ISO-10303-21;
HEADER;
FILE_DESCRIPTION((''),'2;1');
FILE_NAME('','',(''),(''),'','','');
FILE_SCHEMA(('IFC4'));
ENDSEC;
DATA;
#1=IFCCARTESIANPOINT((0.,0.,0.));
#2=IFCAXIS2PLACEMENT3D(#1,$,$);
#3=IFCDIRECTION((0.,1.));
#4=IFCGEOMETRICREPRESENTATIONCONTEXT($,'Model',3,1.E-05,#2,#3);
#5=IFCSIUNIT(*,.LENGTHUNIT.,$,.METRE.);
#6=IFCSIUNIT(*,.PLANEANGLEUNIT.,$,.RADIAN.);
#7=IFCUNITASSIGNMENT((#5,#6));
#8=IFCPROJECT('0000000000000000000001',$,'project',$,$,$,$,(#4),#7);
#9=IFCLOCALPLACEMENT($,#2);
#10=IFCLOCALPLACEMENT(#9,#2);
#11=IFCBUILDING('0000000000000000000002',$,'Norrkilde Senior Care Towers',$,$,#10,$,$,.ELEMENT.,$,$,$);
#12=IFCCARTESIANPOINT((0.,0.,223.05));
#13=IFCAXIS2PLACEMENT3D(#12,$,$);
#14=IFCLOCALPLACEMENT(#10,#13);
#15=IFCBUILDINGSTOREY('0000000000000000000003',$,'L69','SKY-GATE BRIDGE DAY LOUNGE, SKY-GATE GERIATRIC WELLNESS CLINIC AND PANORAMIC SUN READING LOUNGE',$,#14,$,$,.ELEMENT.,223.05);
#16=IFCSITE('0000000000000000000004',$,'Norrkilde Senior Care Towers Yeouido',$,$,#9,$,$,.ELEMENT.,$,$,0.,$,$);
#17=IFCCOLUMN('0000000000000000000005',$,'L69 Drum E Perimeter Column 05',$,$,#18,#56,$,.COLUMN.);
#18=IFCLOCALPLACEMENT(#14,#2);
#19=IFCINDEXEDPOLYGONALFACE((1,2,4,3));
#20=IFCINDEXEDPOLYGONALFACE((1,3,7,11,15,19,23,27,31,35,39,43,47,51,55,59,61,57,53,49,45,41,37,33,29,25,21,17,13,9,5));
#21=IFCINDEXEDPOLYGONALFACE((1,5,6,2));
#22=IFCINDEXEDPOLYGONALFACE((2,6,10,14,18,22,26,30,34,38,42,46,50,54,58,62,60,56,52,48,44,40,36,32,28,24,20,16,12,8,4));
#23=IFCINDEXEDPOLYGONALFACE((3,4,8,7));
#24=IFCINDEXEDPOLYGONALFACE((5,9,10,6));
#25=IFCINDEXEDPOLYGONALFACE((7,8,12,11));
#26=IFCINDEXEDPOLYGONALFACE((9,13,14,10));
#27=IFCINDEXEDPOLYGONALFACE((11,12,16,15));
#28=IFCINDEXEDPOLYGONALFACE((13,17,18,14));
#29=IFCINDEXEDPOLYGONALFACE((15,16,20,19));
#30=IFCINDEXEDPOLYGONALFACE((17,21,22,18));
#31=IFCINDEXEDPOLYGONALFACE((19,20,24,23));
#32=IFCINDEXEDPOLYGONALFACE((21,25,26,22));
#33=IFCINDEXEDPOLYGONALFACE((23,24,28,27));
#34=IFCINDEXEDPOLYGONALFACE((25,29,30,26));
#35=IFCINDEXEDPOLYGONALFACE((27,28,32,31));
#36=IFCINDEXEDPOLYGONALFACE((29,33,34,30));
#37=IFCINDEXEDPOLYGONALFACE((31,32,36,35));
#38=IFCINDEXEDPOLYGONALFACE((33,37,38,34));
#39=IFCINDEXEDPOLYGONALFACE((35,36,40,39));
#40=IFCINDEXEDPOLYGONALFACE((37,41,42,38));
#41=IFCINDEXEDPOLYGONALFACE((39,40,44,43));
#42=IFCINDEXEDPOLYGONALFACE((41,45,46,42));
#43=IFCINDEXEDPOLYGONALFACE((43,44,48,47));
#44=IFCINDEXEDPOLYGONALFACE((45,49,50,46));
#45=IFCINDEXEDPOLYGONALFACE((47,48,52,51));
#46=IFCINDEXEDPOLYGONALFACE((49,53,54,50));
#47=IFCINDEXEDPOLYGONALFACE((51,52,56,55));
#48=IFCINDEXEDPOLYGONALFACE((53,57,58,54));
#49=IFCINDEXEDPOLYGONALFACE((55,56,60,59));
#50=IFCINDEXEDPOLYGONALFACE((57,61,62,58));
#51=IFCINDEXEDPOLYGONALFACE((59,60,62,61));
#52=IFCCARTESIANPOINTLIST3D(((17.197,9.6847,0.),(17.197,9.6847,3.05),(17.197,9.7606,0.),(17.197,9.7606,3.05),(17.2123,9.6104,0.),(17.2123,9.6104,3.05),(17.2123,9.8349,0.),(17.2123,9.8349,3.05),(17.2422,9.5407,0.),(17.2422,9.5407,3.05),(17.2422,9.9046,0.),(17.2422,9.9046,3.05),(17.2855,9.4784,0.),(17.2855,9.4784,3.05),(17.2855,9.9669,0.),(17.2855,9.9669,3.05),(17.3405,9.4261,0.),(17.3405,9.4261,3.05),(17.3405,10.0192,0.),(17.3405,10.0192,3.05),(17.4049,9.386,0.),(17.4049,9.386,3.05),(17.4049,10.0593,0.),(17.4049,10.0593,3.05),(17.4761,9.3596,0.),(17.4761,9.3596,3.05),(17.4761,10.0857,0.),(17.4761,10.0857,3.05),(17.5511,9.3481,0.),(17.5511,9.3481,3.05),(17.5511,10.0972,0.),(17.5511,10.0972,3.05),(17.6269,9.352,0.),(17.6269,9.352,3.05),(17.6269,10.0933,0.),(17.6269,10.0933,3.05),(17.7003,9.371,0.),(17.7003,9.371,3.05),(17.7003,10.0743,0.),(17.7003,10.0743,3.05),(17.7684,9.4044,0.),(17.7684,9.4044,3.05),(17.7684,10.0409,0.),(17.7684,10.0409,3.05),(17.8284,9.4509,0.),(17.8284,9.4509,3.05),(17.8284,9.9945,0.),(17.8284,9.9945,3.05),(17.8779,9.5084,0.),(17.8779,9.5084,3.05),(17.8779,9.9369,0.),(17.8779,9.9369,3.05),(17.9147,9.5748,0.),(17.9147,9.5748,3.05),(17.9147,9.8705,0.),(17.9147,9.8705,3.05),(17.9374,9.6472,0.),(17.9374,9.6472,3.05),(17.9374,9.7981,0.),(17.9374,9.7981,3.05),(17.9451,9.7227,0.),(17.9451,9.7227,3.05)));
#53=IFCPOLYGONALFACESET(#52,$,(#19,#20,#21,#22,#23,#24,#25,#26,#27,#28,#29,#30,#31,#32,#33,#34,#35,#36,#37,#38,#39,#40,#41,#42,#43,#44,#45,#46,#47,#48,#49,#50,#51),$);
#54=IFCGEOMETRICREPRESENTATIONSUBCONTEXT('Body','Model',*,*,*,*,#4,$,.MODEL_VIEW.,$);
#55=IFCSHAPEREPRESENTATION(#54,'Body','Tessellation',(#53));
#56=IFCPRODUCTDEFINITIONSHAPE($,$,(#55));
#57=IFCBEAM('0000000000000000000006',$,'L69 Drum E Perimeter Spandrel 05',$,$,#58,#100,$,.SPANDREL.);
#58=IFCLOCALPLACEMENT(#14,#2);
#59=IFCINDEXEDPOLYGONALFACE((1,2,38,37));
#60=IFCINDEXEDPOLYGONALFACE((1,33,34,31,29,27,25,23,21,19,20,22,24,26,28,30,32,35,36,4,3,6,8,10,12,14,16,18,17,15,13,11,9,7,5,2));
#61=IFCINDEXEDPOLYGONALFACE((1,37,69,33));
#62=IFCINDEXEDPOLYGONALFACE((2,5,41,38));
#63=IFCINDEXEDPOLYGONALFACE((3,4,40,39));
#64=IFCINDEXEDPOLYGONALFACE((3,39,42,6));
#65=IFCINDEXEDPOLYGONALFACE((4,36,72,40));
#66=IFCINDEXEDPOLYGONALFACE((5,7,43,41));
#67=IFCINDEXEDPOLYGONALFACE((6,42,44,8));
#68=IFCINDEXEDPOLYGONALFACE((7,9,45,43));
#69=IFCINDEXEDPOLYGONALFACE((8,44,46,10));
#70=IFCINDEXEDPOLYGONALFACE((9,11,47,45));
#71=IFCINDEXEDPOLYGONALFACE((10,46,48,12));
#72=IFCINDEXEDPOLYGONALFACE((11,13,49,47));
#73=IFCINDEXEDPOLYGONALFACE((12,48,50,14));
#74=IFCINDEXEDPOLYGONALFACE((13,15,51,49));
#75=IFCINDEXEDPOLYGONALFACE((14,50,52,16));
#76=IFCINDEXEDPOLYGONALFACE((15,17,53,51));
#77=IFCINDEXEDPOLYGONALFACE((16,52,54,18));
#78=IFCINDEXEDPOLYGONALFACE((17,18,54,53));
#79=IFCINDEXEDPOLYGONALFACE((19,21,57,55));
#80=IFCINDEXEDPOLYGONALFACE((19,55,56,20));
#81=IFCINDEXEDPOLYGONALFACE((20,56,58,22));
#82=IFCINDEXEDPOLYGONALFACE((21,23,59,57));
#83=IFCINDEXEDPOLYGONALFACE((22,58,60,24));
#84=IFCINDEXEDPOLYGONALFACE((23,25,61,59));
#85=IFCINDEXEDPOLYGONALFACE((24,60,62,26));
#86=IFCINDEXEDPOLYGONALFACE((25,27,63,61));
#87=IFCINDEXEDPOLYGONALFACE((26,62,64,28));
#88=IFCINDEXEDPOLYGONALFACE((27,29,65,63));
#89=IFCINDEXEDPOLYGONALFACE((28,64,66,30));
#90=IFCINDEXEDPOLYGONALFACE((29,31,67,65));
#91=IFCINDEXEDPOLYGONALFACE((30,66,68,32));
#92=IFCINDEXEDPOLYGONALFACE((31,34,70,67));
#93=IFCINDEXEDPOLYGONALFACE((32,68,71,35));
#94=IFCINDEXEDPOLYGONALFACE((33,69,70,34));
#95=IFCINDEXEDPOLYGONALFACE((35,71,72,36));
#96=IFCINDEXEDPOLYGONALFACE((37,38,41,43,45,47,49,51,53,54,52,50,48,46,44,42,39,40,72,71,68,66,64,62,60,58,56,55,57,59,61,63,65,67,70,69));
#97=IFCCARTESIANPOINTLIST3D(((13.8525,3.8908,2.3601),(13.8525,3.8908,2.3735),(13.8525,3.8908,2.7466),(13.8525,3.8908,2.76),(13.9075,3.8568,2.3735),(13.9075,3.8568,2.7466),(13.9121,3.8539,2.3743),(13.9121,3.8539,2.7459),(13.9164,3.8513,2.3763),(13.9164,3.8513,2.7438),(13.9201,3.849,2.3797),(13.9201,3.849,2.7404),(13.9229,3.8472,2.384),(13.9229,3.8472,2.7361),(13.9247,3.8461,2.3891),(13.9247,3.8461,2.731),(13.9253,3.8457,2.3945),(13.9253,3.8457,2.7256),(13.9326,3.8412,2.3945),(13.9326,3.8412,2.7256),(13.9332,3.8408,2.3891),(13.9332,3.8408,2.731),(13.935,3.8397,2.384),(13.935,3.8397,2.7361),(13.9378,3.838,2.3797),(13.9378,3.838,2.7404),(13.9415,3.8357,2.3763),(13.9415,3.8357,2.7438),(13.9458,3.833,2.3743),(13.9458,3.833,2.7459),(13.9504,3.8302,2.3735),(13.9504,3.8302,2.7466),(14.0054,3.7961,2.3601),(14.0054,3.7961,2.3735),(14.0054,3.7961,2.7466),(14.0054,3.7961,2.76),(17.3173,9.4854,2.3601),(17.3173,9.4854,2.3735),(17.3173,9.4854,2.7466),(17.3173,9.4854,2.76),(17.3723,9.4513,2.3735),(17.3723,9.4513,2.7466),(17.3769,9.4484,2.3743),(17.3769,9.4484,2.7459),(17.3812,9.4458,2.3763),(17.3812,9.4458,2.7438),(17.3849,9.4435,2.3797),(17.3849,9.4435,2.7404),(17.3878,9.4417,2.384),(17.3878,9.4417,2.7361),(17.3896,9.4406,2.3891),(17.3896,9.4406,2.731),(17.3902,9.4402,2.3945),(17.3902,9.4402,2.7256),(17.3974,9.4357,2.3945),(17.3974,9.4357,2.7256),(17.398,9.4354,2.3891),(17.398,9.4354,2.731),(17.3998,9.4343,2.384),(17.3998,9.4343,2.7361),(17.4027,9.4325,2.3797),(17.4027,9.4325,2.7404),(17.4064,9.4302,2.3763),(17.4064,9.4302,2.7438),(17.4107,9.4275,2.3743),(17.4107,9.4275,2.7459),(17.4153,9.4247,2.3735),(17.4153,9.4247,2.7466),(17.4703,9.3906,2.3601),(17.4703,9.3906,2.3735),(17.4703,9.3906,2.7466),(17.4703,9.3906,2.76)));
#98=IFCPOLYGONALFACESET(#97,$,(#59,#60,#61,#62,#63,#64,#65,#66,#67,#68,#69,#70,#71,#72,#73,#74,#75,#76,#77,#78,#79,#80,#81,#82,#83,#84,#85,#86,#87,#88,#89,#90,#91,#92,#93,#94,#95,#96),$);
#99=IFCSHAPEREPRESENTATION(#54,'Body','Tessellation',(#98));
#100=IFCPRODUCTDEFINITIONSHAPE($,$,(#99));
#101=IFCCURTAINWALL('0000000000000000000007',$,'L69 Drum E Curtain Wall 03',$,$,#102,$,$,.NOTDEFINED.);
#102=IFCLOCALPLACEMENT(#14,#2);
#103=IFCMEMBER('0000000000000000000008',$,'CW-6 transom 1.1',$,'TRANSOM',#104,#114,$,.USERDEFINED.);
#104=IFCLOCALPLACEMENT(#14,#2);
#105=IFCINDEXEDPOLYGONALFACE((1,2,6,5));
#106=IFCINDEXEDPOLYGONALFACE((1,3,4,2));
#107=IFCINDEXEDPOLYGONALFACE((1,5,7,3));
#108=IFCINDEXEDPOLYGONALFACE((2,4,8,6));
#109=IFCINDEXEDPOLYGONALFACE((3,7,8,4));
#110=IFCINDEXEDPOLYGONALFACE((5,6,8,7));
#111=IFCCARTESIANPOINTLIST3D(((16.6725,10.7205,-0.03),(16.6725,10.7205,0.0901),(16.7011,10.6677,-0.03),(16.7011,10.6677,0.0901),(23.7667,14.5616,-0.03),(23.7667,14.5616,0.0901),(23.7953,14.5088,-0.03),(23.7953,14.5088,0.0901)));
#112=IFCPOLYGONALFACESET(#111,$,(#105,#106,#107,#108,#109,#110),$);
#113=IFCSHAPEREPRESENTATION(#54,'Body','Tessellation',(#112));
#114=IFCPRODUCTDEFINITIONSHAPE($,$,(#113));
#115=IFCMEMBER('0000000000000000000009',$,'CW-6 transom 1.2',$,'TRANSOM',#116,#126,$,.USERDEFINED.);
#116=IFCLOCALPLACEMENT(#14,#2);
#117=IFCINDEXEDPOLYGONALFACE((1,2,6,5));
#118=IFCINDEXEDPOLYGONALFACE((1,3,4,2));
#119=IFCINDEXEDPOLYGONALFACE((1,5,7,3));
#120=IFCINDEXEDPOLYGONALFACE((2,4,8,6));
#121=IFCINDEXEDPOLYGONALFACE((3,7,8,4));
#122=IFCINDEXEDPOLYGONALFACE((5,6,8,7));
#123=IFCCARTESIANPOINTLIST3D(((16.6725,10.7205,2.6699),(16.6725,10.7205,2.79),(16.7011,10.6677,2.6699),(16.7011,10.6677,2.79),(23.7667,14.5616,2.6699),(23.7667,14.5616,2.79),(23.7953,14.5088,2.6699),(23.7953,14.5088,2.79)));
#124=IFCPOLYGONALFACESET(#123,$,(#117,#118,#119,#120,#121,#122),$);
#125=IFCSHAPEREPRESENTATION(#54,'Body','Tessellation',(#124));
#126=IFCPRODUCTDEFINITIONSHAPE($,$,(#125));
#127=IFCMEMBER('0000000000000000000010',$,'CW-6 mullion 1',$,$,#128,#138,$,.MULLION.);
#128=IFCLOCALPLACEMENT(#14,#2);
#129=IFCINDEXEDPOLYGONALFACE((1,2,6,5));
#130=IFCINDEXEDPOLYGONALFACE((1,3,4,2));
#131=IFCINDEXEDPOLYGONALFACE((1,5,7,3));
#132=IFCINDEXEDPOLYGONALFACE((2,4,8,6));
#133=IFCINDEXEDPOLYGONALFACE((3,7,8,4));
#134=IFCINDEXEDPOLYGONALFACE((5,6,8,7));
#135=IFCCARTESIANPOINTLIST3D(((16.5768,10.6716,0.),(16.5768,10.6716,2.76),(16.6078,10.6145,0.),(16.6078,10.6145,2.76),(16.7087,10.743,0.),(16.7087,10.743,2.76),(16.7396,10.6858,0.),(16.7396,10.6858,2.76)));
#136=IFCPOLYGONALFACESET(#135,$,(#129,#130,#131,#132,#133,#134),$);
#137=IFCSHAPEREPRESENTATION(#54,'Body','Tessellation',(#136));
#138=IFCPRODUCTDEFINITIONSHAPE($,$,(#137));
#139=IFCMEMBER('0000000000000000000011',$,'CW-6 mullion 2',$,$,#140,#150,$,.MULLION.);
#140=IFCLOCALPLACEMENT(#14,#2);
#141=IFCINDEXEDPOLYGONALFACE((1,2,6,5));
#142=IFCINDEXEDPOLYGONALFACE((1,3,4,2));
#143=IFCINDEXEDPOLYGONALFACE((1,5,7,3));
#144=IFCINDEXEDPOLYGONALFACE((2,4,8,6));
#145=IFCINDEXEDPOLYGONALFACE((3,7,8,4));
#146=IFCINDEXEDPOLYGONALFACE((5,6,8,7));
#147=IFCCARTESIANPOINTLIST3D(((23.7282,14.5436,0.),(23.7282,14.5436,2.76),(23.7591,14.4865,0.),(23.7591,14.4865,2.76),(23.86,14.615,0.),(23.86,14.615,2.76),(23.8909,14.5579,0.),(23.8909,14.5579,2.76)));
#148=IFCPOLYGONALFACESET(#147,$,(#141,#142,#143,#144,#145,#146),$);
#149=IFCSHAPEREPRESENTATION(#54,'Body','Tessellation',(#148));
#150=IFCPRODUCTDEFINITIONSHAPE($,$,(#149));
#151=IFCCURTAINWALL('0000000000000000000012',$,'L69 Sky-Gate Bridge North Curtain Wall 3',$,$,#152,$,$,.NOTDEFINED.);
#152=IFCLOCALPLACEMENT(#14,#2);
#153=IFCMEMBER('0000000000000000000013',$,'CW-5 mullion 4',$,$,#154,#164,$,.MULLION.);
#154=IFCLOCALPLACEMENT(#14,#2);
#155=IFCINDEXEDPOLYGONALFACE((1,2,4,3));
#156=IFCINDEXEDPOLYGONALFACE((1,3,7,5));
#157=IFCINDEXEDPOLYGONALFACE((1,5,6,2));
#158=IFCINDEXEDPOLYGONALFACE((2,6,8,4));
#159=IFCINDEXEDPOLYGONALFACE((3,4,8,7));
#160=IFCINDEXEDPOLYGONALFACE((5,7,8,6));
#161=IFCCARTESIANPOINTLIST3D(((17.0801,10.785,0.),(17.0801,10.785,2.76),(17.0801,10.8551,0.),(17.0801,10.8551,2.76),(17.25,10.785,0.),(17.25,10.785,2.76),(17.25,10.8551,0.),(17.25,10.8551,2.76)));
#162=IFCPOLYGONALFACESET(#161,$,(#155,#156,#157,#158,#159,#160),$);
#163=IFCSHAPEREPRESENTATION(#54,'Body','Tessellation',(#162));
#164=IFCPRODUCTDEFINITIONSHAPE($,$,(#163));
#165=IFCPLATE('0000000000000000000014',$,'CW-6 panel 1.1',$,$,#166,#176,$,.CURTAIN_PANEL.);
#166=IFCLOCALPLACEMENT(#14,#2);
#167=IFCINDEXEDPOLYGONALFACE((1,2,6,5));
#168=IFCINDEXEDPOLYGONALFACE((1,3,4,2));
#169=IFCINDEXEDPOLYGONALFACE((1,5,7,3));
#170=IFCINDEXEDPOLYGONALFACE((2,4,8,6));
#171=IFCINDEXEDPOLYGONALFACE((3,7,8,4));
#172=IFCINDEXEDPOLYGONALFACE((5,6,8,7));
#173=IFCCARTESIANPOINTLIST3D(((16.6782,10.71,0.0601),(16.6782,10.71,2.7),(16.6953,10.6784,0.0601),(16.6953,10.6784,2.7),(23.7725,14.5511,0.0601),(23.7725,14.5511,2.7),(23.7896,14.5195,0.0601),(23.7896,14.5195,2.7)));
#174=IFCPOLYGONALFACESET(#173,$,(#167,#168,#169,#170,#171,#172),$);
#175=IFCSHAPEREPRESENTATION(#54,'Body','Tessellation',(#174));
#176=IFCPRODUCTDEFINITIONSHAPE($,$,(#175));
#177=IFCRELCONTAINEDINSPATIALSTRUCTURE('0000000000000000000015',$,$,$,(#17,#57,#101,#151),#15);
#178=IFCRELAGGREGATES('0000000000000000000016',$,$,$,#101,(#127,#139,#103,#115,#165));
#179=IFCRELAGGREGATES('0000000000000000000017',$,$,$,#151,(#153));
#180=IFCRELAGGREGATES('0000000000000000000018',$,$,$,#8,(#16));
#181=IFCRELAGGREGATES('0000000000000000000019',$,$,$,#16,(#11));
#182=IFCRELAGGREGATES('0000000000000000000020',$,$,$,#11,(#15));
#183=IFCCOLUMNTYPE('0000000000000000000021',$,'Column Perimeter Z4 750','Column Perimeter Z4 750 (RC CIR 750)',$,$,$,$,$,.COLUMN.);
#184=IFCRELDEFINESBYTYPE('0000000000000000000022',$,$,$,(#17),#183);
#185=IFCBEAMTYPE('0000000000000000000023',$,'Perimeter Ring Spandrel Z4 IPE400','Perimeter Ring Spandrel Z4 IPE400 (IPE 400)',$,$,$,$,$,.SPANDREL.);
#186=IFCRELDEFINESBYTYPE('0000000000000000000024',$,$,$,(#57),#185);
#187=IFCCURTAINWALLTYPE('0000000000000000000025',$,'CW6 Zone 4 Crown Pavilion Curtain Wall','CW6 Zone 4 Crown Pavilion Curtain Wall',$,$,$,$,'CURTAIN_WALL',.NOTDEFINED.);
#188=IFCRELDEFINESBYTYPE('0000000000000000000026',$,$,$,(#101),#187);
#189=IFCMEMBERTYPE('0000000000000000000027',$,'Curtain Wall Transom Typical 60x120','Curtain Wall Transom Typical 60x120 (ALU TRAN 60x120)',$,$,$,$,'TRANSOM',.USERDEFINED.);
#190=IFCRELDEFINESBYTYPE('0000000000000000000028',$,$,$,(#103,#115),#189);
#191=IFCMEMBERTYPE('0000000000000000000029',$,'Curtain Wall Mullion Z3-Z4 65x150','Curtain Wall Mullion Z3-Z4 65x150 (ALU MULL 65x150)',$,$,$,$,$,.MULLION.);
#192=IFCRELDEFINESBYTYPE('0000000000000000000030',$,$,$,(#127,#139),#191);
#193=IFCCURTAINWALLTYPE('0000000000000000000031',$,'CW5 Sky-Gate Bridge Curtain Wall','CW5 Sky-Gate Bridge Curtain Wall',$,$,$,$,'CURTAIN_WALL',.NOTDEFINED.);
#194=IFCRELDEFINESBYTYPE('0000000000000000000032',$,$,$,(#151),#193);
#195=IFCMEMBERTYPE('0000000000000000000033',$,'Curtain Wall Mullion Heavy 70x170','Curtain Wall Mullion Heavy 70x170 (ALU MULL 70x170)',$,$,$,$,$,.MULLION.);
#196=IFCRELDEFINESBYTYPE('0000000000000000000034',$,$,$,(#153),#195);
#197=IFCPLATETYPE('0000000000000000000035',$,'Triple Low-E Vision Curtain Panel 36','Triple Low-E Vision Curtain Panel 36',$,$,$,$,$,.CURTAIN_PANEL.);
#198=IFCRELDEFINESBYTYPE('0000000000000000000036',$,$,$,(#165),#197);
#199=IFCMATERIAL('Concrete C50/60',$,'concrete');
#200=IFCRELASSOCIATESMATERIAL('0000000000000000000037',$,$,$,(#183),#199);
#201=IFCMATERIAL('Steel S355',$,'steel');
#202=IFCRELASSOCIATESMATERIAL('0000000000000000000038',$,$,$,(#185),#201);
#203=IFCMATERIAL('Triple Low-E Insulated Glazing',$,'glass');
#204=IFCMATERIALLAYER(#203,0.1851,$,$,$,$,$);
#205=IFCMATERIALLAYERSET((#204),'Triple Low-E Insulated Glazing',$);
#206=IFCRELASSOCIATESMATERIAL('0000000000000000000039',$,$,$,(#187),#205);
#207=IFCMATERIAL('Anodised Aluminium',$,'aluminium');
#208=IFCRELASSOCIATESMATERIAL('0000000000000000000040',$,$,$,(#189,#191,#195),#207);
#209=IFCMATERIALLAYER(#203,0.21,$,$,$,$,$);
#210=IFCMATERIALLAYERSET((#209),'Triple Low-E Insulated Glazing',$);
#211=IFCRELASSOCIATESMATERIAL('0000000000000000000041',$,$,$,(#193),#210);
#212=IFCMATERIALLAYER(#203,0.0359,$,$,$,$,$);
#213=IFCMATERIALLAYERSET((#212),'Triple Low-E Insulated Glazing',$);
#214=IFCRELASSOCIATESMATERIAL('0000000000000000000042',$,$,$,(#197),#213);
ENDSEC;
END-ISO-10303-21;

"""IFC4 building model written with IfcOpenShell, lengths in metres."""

from ifc_helpers import new_model, si_unit, direction, frame, origin, origin_2d, place, context, subcontext, project, spatial, rectangle, circle, i_section, extrude, source, transform, mapped, material, layer, layer_set, material_profile, profile_set, type_object, type_shapes, element, aggregate, save


model = new_model("IFC4")

# Units and contexts
model_context = context("Model", 3, precision=1e-05, world=origin(), true_north=direction((0.0, 1.0)))
body_context = subcontext(model_context, "Body", "Model", "MODEL_VIEW")
ifc_project = project(units=[si_unit("LENGTHUNIT", "METRE"), si_unit("PLANEANGLEUNIT", "RADIAN")], contexts=[model_context])

# Site, building, storey
site_placement = place(None, origin())
site = spatial("IfcSite", under=ifc_project, at=site_placement, Name="Norrkilde Senior Care Towers Yeouido", CompositionType="ELEMENT", RefElevation=0.0)
building_placement = place(site_placement, origin())
building = spatial("IfcBuilding", under=site, at=building_placement, Name="Norrkilde Senior Care Towers", CompositionType="ELEMENT")
storey_placement = place(building_placement, frame((0.0, 0.0, 223.05)))
storey = spatial("IfcBuildingStorey", under=building, at=storey_placement, Name="L69", Description="SKY-GATE BRIDGE DAY LOUNGE, SKY-GATE GERIATRIC WELLNESS CLINIC AND PANORAMIC SUN READING LOUNGE", CompositionType="ELEMENT", Elevation=223.05)

# Column
ifc_material_1 = material(Name="Concrete C50/60", Category="concrete")
ifc_material_profile_1 = material_profile(ifc_material_1, circle(Radius=0.375, at=origin_2d()), Name="RC CIR 750")
ifc_profile_set_1 = profile_set([ifc_material_profile_1], Name="Concrete C50/60")
column_type = type_object("IfcColumnType", Name="Column Perimeter Z4 750", Description="Column Perimeter Z4 750 (RC CIR 750)", PredefinedType="COLUMN", material=ifc_profile_set_1)
shared_shape_1 = source(origin(), body_context, "Body", "SweptSolid", [
    extrude(circle(Radius=0.375, at=origin_2d()), origin(), (0.0, 0.0, 1.0), 3.05),
])
type_shapes(column_type, [shared_shape_1])
column_placement = place(storey_placement, frame((17.5701, 9.7227, 0.0), z_axis=(0.0, 0.0, 1.0), x_axis=(1.0, 0.0, 0.0)))
element("IfcColumn", 1, at=column_placement, inside=storey, type_object=column_type, Name="L69 Drum E Perimeter Column 05", PredefinedType="COLUMN", context=body_context, shape_type="MappedRepresentation", body=[
    mapped(shared_shape_1, transform((0.0, 0.0, 0.0), x_axis=(1.0, 0.0, 0.0), y_axis=(0.0, 1.0, 0.0), z_axis=(0.0, 0.0, 1.0), scale=1.0)),
])

# Beam
ifc_material_2 = material(Name="Steel S355", Category="steel")
ifc_material_profile_2 = material_profile(ifc_material_2, i_section(OverallWidth=0.1799, OverallDepth=0.3999, WebThickness=0.0085, FlangeThickness=0.0134, FilletRadius=0.021, at=origin_2d()), Name="IPE 400")
ifc_profile_set_2 = profile_set([ifc_material_profile_2], Name="Steel S355")
beam_type = type_object("IfcBeamType", Name="Perimeter Ring Spandrel Z4 IPE400", Description="Perimeter Ring Spandrel Z4 IPE400 (IPE 400)", PredefinedType="SPANDREL", material=ifc_profile_set_2)
shared_shape_2 = source(origin(), body_context, "Body", "SweptSolid", [
    extrude(i_section(OverallWidth=0.1799, OverallDepth=0.3999, WebThickness=0.0085, FlangeThickness=0.0134, FilletRadius=0.021, at=origin_2d()), origin(), (0.0, 0.0, 1.0), 6.5806),
])
type_shapes(beam_type, [shared_shape_2])
beam_placement = place(storey_placement, frame((17.3938, 9.438, 2.5601), z_axis=(-0.52653, -0.850157, 0.0), x_axis=(0.850157, -0.52653, 0.0)))
element("IfcBeam", 2, at=beam_placement, inside=storey, type_object=beam_type, Name="L69 Drum E Perimeter Spandrel 05", PredefinedType="SPANDREL", context=body_context, shape_type="MappedRepresentation", body=[
    mapped(shared_shape_2, transform((0.0, 0.0, 0.0), x_axis=(1.0, 0.0, 0.0), y_axis=(0.0, 1.0, 0.0), z_axis=(0.0, 0.0, 1.0), scale=1.0)),
])

# Curtain wall, members
ifc_material_3 = material(Name="Triple Low-E Insulated Glazing", Category="glass")
ifc_layer_1 = layer(ifc_material_3, 0.1851)
ifc_layer_set_1 = layer_set([ifc_layer_1], Name="Triple Low-E Insulated Glazing")
curtain_wall_type_1 = type_object("IfcCurtainWallType", Name="CW6 Zone 4 Crown Pavilion Curtain Wall", Description="CW6 Zone 4 Crown Pavilion Curtain Wall", ElementType="CURTAIN_WALL", PredefinedType="NOTDEFINED", material=ifc_layer_set_1)
curtain_wall_1_placement = place(storey_placement, origin())
curtain_wall_1 = element("IfcCurtainWall", 3, at=curtain_wall_1_placement, inside=storey, type_object=curtain_wall_type_1, Name="L69 Drum E Curtain Wall 03", PredefinedType="NOTDEFINED")
ifc_material_4 = material(Name="Anodised Aluminium", Category="aluminium")
ifc_material_profile_3 = material_profile(ifc_material_4, rectangle(XDim=0.0601, YDim=0.1201, at=origin_2d()), Name="ALU TRAN 60x120")
ifc_profile_set_3 = profile_set([ifc_material_profile_3], Name="Anodised Aluminium")
member_type_1 = type_object("IfcMemberType", Name="Curtain Wall Transom Typical 60x120", Description="Curtain Wall Transom Typical 60x120 (ALU TRAN 60x120)", ElementType="TRANSOM", PredefinedType="USERDEFINED", material=ifc_profile_set_3)
shared_shape_3 = source(origin(), body_context, "Body", "SweptSolid", [
    extrude(rectangle(XDim=0.0601, YDim=0.1201, at=origin_2d()), origin(), (0.0, 0.0, 1.0), 8.0674),
])
type_shapes(member_type_1, [shared_shape_3])
member_1_placement = place(storey_placement, frame((16.6868, 10.6941, 0.03), z_axis=(0.879378, 0.476125, 0.0), x_axis=(-0.476125, 0.879378, 0.0)))
member_1 = element("IfcMember", 4, at=member_1_placement, type_object=member_type_1, Name="CW-6 transom 1.1", ObjectType="TRANSOM", PredefinedType="USERDEFINED", context=body_context, shape_type="MappedRepresentation", body=[
    mapped(shared_shape_3, transform((0.0, 0.0, 0.0), x_axis=(1.0, 0.0, 0.0), y_axis=(0.0, 1.0, 0.0), z_axis=(0.0, 0.0, 1.0), scale=1.0)),
])
member_2_placement = place(storey_placement, frame((16.6868, 10.6941, 2.73), z_axis=(0.879378, 0.476125, 0.0), x_axis=(-0.476125, 0.879378, 0.0)))
member_2 = element("IfcMember", 5, at=member_2_placement, type_object=member_type_1, Name="CW-6 transom 1.2", ObjectType="TRANSOM", PredefinedType="USERDEFINED", context=body_context, shape_type="MappedRepresentation", body=[
    mapped(shared_shape_3, transform((0.0, 0.0, 0.0), x_axis=(1.0, 0.0, 0.0), y_axis=(0.0, 1.0, 0.0), z_axis=(0.0, 0.0, 1.0), scale=1.0)),
])
ifc_material_profile_4 = material_profile(ifc_material_4, rectangle(XDim=0.0649, YDim=0.1499, at=origin_2d()), Name="ALU MULL 65x150")
ifc_profile_set_4 = profile_set([ifc_material_profile_4], Name="Anodised Aluminium")
member_type_2 = type_object("IfcMemberType", Name="Curtain Wall Mullion Z3-Z4 65x150", Description="Curtain Wall Mullion Z3-Z4 65x150 (ALU MULL 65x150)", PredefinedType="MULLION", material=ifc_profile_set_4)
shared_shape_4 = source(origin(), body_context, "Body", "SweptSolid", [
    extrude(rectangle(XDim=0.0649, YDim=0.1499, at=origin_2d()), origin(), (0.0, 0.0, 1.0), 2.76),
])
type_shapes(member_type_2, [shared_shape_4])
member_3_placement = place(storey_placement, frame((16.6582, 10.6787, 0.0), z_axis=(0.0, 0.0, 1.0), x_axis=(-0.476133, 0.879373, 0.0)))
member_3 = element("IfcMember", 6, at=member_3_placement, type_object=member_type_2, Name="CW-6 mullion 1", PredefinedType="MULLION", context=body_context, shape_type="MappedRepresentation", body=[
    mapped(shared_shape_4, transform((0.0, 0.0, 0.0), x_axis=(1.0, 0.0, 0.0), y_axis=(0.0, 1.0, 0.0), z_axis=(0.0, 0.0, 1.0), scale=1.0)),
])
member_4_placement = place(storey_placement, frame((23.8096, 14.5508, 0.0), z_axis=(0.0, 0.0, 1.0), x_axis=(-0.476133, 0.879373, 0.0)))
member_4 = element("IfcMember", 7, at=member_4_placement, type_object=member_type_2, Name="CW-6 mullion 2", PredefinedType="MULLION", context=body_context, shape_type="MappedRepresentation", body=[
    mapped(shared_shape_4, transform((0.0, 0.0, 0.0), x_axis=(1.0, 0.0, 0.0), y_axis=(0.0, 1.0, 0.0), z_axis=(0.0, 0.0, 1.0), scale=1.0)),
])

# Curtain wall, member
ifc_layer_2 = layer(ifc_material_3, 0.21)
ifc_layer_set_2 = layer_set([ifc_layer_2], Name="Triple Low-E Insulated Glazing")
curtain_wall_type_2 = type_object("IfcCurtainWallType", Name="CW5 Sky-Gate Bridge Curtain Wall", Description="CW5 Sky-Gate Bridge Curtain Wall", ElementType="CURTAIN_WALL", PredefinedType="NOTDEFINED", material=ifc_layer_set_2)
curtain_wall_2_placement = place(storey_placement, origin())
curtain_wall_2 = element("IfcCurtainWall", 8, at=curtain_wall_2_placement, inside=storey, type_object=curtain_wall_type_2, Name="L69 Sky-Gate Bridge North Curtain Wall 3", PredefinedType="NOTDEFINED")
ifc_material_profile_5 = material_profile(ifc_material_4, rectangle(XDim=0.0701, YDim=0.1699, at=origin_2d()), Name="ALU MULL 70x170")
ifc_profile_set_5 = profile_set([ifc_material_profile_5], Name="Anodised Aluminium")
member_type_3 = type_object("IfcMemberType", Name="Curtain Wall Mullion Heavy 70x170", Description="Curtain Wall Mullion Heavy 70x170 (ALU MULL 70x170)", PredefinedType="MULLION", material=ifc_profile_set_5)
shared_shape_5 = source(origin(), body_context, "Body", "SweptSolid", [
    extrude(rectangle(XDim=0.0701, YDim=0.1699, at=origin_2d()), origin(), (0.0, 0.0, 1.0), 2.76),
])
type_shapes(member_type_3, [shared_shape_5])
member_5_placement = place(storey_placement, frame((17.165, 10.8201, 0.0), z_axis=(0.0, 0.0, 1.0), x_axis=(0.0, 1.0, 0.0)))
member_5 = element("IfcMember", 9, at=member_5_placement, type_object=member_type_3, Name="CW-5 mullion 4", PredefinedType="MULLION", context=body_context, shape_type="MappedRepresentation", body=[
    mapped(shared_shape_5, transform((0.0, 0.0, 0.0), x_axis=(1.0, 0.0, 0.0), y_axis=(0.0, 1.0, 0.0), z_axis=(0.0, 0.0, 1.0), scale=1.0)),
])

# Plate
ifc_layer_3 = layer(ifc_material_3, 0.0359)
ifc_layer_set_3 = layer_set([ifc_layer_3], Name="Triple Low-E Insulated Glazing")
plate_type = type_object("IfcPlateType", Name="Triple Low-E Vision Curtain Panel 36", Description="Triple Low-E Vision Curtain Panel 36", PredefinedType="CURTAIN_PANEL", material=ifc_layer_set_3)
shared_shape_6 = source(origin(), body_context, "Body", "SweptSolid", [
    extrude(rectangle(XDim=8.0674, YDim=0.0359, at=origin_2d()), origin(), (0.0, 0.0, 1.0), 2.6399),
])
plate_1_placement = place(storey_placement, frame((20.2339, 12.6147, 0.0601), z_axis=(0.0, 0.0, 1.0), x_axis=(0.879373, 0.476133, 0.0)))
plate_1 = element("IfcPlate", 10, at=plate_1_placement, type_object=plate_type, Name="CW-6 panel 1.1", PredefinedType="CURTAIN_PANEL", context=body_context, shape_type="MappedRepresentation", body=[
    mapped(shared_shape_6, transform((0.0, 0.0, 0.0), x_axis=(1.0, 0.0, 0.0), y_axis=(0.0, 1.0, 0.0), z_axis=(0.0, 0.0, 1.0), scale=1.0)),
])
aggregate(curtain_wall_1, [member_3, member_4, member_1, member_2, plate_1])
aggregate(curtain_wall_2, [member_5])

save(model, "model.ifc")
